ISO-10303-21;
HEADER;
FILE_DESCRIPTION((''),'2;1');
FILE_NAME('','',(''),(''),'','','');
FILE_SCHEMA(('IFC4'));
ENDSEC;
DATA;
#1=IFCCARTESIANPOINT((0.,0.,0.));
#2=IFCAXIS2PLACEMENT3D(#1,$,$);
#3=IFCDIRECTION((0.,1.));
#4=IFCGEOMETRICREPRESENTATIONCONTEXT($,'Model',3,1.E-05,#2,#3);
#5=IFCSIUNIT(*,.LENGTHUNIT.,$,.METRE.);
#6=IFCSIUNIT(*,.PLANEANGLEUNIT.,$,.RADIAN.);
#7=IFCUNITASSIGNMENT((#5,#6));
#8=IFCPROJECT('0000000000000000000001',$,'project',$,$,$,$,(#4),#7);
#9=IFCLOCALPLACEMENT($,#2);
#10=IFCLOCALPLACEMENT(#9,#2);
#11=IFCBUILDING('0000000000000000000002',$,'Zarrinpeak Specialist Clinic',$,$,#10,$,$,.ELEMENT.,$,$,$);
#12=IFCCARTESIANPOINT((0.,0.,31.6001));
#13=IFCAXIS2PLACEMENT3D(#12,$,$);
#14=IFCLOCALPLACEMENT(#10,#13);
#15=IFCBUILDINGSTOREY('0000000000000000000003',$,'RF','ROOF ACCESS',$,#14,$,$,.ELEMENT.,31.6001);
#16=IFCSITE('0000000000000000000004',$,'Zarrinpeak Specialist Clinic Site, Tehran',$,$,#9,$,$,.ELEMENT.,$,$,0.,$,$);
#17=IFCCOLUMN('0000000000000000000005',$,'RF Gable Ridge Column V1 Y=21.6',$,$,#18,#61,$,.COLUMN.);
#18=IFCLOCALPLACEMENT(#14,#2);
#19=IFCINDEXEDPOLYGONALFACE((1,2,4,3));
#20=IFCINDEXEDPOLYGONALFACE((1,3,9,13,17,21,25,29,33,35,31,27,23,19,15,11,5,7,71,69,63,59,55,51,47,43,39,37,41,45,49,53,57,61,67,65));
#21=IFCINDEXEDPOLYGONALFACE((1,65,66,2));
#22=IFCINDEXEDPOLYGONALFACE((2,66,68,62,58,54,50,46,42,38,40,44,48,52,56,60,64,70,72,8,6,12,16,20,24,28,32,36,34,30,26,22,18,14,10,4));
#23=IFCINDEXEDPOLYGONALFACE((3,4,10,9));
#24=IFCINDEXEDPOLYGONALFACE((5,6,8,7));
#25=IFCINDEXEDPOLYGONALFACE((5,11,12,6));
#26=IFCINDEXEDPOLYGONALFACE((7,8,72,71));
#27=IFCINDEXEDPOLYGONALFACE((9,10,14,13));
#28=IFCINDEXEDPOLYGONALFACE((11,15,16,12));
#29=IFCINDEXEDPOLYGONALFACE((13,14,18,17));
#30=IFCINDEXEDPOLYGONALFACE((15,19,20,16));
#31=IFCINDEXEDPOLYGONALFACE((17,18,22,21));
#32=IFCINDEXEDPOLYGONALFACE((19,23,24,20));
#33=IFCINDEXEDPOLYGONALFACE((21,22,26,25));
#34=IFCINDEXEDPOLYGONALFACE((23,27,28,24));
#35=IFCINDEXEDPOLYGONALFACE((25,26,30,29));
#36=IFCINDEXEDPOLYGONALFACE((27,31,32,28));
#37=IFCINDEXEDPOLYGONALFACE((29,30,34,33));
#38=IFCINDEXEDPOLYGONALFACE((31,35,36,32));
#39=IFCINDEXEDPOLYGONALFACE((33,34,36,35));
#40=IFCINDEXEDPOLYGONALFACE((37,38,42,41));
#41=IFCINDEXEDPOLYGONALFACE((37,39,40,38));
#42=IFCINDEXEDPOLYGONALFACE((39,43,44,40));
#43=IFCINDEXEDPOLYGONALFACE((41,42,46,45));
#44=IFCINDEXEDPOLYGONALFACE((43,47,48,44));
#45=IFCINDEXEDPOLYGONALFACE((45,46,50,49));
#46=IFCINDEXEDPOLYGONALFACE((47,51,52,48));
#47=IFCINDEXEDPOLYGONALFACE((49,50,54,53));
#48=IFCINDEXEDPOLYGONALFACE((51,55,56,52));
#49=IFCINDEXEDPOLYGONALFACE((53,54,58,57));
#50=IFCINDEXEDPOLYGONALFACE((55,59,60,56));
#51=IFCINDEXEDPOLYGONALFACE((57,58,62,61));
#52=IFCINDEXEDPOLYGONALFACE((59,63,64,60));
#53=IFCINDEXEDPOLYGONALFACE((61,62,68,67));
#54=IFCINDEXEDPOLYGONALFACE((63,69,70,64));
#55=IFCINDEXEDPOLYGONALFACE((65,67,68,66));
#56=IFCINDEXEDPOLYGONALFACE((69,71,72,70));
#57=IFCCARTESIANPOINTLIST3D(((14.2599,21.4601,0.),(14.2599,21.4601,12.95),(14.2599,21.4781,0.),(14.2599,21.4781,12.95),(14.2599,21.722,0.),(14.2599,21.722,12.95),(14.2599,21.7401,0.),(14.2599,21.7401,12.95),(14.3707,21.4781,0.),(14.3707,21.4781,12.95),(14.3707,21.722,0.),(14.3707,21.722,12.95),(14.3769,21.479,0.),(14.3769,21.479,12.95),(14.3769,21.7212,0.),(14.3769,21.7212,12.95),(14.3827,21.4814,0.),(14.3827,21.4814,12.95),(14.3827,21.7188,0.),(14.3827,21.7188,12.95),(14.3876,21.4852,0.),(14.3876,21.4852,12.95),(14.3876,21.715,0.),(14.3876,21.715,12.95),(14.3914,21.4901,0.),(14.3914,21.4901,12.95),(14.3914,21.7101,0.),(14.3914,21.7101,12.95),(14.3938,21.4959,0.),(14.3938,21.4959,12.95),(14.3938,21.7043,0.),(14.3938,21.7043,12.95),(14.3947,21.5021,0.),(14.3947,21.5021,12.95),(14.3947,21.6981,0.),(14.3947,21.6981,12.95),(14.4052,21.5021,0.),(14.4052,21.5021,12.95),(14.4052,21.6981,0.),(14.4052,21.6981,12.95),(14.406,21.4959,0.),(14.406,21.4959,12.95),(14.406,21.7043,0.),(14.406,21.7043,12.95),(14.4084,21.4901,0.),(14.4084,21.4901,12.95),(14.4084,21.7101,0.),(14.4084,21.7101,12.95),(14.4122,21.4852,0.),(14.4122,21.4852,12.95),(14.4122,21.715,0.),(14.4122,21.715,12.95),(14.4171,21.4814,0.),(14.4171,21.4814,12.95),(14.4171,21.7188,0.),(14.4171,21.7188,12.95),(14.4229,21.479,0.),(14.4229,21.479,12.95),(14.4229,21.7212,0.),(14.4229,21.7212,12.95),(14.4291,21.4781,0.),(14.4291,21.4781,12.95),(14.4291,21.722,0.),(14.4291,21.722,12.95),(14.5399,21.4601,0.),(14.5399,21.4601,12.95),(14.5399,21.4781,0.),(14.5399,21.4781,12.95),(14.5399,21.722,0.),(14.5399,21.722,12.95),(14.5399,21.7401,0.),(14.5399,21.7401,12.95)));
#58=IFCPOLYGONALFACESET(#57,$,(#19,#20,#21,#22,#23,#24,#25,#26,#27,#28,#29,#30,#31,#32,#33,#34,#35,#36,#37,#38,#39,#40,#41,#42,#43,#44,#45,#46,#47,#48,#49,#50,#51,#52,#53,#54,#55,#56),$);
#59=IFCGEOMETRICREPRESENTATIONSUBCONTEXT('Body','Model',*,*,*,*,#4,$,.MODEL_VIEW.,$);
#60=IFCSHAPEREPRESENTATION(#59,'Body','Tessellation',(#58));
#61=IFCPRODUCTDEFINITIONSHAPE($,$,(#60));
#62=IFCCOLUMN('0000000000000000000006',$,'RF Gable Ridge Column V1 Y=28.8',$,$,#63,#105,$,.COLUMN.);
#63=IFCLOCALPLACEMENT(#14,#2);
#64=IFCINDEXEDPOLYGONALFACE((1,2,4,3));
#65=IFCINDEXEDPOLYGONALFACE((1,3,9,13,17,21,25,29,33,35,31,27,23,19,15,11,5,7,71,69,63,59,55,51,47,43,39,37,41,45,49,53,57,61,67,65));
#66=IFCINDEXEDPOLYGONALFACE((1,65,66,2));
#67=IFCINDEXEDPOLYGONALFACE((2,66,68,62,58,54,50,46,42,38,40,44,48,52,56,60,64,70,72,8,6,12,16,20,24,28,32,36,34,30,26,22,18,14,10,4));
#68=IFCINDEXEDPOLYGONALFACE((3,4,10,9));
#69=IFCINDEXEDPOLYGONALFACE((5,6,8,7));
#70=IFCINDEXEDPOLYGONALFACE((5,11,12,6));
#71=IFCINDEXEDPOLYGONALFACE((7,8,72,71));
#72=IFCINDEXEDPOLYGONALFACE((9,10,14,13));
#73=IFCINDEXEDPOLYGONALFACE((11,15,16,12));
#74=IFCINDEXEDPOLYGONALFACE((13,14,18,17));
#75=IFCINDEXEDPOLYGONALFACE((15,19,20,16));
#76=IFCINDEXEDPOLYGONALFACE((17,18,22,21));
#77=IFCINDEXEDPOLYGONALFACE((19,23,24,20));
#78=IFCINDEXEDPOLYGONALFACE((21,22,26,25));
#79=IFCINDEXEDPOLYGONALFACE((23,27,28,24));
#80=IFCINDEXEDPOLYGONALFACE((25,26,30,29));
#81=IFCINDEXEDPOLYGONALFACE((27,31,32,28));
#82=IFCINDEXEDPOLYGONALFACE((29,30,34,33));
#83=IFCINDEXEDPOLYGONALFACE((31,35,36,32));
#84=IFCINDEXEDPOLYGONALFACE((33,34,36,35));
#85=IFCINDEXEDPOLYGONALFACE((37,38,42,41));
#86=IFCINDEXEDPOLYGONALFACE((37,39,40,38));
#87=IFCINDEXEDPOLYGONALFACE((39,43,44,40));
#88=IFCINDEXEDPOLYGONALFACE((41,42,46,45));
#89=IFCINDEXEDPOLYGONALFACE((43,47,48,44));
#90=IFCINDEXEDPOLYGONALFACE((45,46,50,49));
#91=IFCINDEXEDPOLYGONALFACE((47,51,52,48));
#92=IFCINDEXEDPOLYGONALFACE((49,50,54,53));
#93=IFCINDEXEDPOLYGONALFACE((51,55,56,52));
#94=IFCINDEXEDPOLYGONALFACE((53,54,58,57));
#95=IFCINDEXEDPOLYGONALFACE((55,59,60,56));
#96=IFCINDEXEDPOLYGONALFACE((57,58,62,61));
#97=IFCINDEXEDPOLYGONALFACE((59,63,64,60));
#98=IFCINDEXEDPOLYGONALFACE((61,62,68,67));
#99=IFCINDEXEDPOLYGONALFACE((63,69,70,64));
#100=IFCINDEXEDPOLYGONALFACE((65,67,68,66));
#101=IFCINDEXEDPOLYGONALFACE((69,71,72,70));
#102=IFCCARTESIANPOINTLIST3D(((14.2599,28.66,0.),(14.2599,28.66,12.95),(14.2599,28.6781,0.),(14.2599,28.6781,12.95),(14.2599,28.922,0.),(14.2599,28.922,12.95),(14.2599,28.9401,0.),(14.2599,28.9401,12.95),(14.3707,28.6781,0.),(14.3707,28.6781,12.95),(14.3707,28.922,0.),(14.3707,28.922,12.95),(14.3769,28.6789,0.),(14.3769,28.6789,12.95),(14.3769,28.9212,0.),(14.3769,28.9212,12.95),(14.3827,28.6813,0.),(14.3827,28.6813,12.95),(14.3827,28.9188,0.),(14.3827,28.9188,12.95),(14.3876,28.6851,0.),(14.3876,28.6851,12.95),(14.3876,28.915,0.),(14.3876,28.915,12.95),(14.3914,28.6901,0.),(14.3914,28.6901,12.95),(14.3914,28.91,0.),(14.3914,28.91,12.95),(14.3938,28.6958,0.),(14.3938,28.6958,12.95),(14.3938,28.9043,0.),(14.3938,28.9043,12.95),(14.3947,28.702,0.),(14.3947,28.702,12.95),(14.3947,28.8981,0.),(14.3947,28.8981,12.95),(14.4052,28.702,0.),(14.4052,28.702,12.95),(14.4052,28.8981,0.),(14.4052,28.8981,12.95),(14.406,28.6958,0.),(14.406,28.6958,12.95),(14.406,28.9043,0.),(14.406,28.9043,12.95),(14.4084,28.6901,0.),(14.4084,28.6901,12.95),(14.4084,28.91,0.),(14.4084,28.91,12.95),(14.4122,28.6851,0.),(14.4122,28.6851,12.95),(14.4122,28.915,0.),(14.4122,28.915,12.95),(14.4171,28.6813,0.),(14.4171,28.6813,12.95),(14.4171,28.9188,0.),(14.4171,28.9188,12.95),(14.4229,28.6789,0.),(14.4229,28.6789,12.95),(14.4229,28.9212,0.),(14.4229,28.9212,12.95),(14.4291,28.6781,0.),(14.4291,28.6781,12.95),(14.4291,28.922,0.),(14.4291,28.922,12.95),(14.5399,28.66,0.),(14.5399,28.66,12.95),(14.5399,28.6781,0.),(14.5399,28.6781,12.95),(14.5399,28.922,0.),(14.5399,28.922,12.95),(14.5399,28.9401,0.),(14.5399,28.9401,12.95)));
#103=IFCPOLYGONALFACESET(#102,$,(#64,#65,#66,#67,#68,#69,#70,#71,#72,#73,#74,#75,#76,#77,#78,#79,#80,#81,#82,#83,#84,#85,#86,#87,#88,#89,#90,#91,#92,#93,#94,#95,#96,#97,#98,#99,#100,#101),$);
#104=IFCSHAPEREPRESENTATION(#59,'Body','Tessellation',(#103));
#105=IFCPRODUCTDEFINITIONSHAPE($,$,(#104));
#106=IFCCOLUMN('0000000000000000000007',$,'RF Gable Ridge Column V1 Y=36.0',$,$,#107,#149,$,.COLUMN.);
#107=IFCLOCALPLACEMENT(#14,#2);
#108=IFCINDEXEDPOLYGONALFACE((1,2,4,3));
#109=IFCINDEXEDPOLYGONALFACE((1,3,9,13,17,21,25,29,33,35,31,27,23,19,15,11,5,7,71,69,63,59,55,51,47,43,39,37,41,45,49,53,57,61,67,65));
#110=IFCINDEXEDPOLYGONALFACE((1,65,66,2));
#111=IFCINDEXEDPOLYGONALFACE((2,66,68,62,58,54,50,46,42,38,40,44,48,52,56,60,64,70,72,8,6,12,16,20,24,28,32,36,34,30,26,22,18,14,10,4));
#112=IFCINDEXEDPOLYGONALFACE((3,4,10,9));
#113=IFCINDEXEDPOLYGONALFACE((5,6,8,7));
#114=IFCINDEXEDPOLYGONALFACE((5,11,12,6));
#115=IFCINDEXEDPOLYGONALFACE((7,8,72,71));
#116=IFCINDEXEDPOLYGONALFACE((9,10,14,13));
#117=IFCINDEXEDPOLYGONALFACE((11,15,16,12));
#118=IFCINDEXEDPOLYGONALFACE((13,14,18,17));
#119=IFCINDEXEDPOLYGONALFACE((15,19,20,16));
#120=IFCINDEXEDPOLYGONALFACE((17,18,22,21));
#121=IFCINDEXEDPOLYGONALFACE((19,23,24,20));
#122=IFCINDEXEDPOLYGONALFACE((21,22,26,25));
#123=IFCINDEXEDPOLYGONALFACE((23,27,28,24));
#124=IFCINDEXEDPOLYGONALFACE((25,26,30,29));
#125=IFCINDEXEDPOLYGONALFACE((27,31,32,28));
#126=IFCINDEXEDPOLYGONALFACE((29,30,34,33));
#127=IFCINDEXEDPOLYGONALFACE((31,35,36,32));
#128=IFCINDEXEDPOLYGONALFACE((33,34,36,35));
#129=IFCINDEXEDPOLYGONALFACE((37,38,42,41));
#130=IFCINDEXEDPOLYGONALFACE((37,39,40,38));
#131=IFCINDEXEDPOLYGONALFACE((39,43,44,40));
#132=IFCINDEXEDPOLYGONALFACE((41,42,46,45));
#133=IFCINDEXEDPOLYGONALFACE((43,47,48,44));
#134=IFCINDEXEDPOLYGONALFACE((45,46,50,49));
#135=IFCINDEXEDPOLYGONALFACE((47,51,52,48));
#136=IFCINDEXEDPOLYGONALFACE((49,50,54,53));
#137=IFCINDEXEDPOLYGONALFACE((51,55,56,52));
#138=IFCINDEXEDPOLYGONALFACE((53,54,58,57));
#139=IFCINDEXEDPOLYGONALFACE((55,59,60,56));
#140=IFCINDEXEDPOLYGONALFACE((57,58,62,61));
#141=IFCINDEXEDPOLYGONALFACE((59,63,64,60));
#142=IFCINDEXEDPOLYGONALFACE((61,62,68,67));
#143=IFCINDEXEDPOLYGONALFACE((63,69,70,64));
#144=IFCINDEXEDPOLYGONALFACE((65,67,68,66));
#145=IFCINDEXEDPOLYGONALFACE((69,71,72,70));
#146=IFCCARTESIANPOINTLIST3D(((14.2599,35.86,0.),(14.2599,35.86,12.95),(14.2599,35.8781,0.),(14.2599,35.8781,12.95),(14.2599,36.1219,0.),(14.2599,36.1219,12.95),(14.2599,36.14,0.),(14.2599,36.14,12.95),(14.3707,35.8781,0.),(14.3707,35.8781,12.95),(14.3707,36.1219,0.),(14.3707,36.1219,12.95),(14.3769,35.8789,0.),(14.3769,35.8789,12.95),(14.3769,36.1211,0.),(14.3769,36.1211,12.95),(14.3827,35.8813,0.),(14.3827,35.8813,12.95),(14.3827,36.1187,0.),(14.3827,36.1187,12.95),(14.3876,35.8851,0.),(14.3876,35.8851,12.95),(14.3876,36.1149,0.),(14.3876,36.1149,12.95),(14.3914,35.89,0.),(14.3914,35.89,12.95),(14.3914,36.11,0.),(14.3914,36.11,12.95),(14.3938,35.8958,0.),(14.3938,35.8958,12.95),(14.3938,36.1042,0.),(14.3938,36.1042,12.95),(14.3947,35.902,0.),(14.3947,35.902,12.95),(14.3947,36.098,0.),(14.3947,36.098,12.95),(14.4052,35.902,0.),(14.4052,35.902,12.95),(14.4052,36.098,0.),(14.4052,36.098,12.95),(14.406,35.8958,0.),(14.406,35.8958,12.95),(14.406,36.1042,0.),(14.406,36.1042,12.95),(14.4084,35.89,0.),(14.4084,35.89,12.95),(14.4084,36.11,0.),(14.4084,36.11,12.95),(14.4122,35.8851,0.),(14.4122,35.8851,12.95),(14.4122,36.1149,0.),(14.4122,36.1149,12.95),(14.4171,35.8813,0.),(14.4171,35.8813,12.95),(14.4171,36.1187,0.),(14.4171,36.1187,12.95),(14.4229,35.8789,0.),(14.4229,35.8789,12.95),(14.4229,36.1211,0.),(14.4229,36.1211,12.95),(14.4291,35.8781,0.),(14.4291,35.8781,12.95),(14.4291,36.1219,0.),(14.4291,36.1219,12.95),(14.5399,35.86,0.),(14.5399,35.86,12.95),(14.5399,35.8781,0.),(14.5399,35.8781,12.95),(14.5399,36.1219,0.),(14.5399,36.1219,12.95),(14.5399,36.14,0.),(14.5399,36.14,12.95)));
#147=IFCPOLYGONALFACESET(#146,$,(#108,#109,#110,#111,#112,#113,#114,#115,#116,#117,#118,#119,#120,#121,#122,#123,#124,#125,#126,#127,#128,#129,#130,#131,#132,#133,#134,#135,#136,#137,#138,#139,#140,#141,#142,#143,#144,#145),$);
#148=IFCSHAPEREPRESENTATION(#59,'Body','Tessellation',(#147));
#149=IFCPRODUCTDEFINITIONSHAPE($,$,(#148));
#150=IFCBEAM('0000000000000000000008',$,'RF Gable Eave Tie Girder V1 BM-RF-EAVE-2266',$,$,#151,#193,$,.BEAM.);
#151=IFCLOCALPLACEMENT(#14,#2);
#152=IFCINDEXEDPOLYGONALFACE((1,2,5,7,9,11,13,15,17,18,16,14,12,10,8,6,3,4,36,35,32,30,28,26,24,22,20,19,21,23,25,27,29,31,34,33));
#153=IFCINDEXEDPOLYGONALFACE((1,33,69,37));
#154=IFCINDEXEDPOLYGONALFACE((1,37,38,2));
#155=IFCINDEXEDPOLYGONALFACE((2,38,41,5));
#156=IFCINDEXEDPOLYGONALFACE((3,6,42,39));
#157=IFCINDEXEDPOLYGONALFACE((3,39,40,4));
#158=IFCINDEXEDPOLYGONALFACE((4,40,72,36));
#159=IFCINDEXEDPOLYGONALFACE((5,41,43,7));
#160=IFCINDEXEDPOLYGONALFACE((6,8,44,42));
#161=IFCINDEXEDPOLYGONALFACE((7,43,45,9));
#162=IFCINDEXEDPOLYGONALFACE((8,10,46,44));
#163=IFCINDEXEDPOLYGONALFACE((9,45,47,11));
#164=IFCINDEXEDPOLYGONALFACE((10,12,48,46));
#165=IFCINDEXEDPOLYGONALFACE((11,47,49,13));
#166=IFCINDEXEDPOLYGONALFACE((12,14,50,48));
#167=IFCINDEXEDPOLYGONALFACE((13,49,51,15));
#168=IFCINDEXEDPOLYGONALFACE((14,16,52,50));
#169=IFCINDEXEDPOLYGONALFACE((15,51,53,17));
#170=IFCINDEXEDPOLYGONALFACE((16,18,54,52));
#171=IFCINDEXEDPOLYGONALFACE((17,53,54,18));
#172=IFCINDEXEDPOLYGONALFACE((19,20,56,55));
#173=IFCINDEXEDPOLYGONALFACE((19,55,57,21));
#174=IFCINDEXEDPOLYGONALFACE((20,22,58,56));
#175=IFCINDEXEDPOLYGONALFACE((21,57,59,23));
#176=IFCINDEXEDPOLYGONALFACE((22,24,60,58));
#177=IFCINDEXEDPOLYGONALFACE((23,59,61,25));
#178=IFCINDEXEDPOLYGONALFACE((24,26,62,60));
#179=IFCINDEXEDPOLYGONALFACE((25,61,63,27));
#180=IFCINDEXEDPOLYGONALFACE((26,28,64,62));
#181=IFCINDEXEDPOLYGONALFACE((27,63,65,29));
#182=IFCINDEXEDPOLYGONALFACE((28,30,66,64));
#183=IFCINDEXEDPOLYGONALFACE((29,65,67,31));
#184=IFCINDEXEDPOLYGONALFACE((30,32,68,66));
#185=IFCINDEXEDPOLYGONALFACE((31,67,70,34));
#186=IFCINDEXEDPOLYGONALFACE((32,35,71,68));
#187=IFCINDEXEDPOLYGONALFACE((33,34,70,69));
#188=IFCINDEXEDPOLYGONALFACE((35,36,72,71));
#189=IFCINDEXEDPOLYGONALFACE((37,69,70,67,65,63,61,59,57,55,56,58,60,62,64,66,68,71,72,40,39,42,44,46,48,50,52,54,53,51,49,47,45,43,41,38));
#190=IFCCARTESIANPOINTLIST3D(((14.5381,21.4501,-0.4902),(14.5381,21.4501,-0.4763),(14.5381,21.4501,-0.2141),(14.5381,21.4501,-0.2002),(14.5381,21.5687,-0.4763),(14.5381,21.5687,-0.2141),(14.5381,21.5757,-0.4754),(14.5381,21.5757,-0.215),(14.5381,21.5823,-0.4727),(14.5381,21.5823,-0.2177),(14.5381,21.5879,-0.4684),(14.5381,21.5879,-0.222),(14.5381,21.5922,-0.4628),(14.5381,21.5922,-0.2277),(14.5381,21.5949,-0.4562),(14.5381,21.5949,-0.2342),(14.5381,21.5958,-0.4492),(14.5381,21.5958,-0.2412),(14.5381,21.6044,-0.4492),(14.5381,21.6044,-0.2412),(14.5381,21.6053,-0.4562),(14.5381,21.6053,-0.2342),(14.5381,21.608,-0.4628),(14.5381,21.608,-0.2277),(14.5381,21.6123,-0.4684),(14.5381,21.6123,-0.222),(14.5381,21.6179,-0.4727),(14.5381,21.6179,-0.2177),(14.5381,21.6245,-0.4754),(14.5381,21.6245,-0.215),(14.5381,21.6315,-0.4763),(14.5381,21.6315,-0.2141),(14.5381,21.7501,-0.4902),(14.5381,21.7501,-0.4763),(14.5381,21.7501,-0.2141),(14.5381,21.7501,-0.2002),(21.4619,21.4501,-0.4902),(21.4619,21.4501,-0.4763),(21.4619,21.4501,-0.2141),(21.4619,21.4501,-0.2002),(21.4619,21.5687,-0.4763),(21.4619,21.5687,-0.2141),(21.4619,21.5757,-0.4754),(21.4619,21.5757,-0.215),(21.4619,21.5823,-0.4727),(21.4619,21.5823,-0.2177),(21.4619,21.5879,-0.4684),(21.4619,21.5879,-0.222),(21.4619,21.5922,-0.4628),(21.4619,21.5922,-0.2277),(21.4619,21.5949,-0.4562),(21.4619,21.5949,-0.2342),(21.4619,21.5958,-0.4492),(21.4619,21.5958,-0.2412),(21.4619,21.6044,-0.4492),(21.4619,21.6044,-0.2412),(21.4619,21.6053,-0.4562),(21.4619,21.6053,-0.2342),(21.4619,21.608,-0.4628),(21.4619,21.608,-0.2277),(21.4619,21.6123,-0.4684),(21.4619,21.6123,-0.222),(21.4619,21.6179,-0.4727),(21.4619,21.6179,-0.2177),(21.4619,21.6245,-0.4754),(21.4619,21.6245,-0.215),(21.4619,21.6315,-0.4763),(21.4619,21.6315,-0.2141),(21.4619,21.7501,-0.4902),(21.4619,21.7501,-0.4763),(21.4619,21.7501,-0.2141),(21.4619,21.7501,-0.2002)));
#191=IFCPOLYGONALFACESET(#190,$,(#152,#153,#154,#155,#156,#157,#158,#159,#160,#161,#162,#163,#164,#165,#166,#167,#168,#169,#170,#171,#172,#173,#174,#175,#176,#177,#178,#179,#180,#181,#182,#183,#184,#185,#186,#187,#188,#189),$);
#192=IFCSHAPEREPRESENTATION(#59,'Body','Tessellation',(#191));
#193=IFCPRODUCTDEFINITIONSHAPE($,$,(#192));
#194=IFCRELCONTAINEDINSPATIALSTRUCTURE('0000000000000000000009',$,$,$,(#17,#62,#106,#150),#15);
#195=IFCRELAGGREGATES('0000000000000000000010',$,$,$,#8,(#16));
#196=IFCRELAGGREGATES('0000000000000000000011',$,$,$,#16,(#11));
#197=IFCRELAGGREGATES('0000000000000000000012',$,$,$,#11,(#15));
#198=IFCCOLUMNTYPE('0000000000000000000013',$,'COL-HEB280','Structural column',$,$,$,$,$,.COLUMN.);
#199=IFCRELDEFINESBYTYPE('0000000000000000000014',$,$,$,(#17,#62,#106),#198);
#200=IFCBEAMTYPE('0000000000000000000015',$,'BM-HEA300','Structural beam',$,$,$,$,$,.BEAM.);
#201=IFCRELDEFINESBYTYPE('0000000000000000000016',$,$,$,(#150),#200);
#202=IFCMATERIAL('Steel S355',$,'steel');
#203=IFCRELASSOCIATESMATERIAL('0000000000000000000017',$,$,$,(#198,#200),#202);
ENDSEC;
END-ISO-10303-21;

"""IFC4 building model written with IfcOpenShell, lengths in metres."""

from ifc_helpers import new_model, si_unit, direction, frame, origin, origin_2d, place, context, subcontext, project, spatial, i_section, extrude, material, material_profile, profile_set, type_object, element, save


model = new_model("IFC4")

# Units and contexts
model_context = context("Model", 3, precision=1e-05, world=origin(), true_north=direction((0.0, 1.0)))
body_context = subcontext(model_context, "Body", "Model", "MODEL_VIEW")
ifc_project = project(units=[si_unit("LENGTHUNIT", "METRE"), si_unit("PLANEANGLEUNIT", "RADIAN")], contexts=[model_context])

# Site, building, storey
site_placement = place(None, origin())
site = spatial("IfcSite", under=ifc_project, at=site_placement, Name="Zarrinpeak Specialist Clinic Site, Tehran", CompositionType="ELEMENT", RefElevation=0.0)
building_placement = place(site_placement, origin())
building = spatial("IfcBuilding", under=site, at=building_placement, Name="Zarrinpeak Specialist Clinic", CompositionType="ELEMENT")
storey_placement = place(building_placement, frame((0.0, 0.0, 31.6001)))
storey = spatial("IfcBuildingStorey", under=building, at=storey_placement, Name="RF", Description="ROOF ACCESS", CompositionType="ELEMENT", Elevation=31.6001)

# Columns
ifc_material_1 = material(Name="Steel S355", Category="steel")
ifc_material_profile_1 = material_profile(ifc_material_1, i_section(OverallWidth=0.28, OverallDepth=0.28, WebThickness=0.0105, FlangeThickness=0.0181, FilletRadius=0.0239, at=origin_2d()), Name="HEB 280")
ifc_profile_set_1 = profile_set([ifc_material_profile_1], Name="Steel S355")
column_type = type_object("IfcColumnType", Name="COL-HEB280", Description="Structural column", PredefinedType="COLUMN", material=ifc_profile_set_1)
for number, where, z_axis, x_axis, name in (
    (1, (14.3999, 21.6001, 0.0), (0.0, 0.0, 1.0), (1.0, 0.0, 0.0), "RF Gable Ridge Column V1 Y=21.6"),
    (2, (14.3999, 28.8, 0.0), (0.0, 0.0, 1.0), (1.0, 0.0, 0.0), "RF Gable Ridge Column V1 Y=28.8"),
    (3, (14.3999, 36.0, 0.0), (0.0, 0.0, 1.0), (1.0, 0.0, 0.0), "RF Gable Ridge Column V1 Y=36.0"),
):
    element("IfcColumn", number, at=place(storey_placement, frame(where, z_axis=z_axis, x_axis=x_axis)), inside=storey, type_object=column_type, Name=name, PredefinedType="COLUMN", context=body_context, shape_type="SweptSolid", body=[
        extrude(i_section(OverallWidth=0.28, OverallDepth=0.28, WebThickness=0.0105, FlangeThickness=0.0181, FilletRadius=0.0239, at=origin_2d()), origin(), (0.0, 0.0, 1.0), 12.95),
    ])

# Beam
ifc_material_profile_2 = material_profile(ifc_material_1, i_section(OverallWidth=0.3, OverallDepth=0.29, WebThickness=0.0085, FlangeThickness=0.0139, FilletRadius=0.0271, at=origin_2d()), Name="HEA 300")
ifc_profile_set_2 = profile_set([ifc_material_profile_2], Name="Steel S355")
beam_type_1 = type_object("IfcBeamType", Name="BM-HEA300", Description="Structural beam", PredefinedType="BEAM", material=ifc_profile_set_2)
beam_1_placement = place(storey_placement, frame((14.5381, 21.6001, -0.3452), z_axis=(1.0, 0.0, 0.0), x_axis=(0.0, 1.0, 0.0)))
element("IfcBeam", 4, at=beam_1_placement, inside=storey, type_object=beam_type_1, Name="RF Gable Eave Tie Girder V1 BM-RF-EAVE-2266", PredefinedType="BEAM", context=body_context, shape_type="SweptSolid", body=[
    extrude(i_section(OverallWidth=0.3, OverallDepth=0.29, WebThickness=0.0085, FlangeThickness=0.0139, FilletRadius=0.0271, at=origin_2d()), origin(), (0.0, 0.0, 1.0), 6.9238),
])

save(model, "model.ifc")
